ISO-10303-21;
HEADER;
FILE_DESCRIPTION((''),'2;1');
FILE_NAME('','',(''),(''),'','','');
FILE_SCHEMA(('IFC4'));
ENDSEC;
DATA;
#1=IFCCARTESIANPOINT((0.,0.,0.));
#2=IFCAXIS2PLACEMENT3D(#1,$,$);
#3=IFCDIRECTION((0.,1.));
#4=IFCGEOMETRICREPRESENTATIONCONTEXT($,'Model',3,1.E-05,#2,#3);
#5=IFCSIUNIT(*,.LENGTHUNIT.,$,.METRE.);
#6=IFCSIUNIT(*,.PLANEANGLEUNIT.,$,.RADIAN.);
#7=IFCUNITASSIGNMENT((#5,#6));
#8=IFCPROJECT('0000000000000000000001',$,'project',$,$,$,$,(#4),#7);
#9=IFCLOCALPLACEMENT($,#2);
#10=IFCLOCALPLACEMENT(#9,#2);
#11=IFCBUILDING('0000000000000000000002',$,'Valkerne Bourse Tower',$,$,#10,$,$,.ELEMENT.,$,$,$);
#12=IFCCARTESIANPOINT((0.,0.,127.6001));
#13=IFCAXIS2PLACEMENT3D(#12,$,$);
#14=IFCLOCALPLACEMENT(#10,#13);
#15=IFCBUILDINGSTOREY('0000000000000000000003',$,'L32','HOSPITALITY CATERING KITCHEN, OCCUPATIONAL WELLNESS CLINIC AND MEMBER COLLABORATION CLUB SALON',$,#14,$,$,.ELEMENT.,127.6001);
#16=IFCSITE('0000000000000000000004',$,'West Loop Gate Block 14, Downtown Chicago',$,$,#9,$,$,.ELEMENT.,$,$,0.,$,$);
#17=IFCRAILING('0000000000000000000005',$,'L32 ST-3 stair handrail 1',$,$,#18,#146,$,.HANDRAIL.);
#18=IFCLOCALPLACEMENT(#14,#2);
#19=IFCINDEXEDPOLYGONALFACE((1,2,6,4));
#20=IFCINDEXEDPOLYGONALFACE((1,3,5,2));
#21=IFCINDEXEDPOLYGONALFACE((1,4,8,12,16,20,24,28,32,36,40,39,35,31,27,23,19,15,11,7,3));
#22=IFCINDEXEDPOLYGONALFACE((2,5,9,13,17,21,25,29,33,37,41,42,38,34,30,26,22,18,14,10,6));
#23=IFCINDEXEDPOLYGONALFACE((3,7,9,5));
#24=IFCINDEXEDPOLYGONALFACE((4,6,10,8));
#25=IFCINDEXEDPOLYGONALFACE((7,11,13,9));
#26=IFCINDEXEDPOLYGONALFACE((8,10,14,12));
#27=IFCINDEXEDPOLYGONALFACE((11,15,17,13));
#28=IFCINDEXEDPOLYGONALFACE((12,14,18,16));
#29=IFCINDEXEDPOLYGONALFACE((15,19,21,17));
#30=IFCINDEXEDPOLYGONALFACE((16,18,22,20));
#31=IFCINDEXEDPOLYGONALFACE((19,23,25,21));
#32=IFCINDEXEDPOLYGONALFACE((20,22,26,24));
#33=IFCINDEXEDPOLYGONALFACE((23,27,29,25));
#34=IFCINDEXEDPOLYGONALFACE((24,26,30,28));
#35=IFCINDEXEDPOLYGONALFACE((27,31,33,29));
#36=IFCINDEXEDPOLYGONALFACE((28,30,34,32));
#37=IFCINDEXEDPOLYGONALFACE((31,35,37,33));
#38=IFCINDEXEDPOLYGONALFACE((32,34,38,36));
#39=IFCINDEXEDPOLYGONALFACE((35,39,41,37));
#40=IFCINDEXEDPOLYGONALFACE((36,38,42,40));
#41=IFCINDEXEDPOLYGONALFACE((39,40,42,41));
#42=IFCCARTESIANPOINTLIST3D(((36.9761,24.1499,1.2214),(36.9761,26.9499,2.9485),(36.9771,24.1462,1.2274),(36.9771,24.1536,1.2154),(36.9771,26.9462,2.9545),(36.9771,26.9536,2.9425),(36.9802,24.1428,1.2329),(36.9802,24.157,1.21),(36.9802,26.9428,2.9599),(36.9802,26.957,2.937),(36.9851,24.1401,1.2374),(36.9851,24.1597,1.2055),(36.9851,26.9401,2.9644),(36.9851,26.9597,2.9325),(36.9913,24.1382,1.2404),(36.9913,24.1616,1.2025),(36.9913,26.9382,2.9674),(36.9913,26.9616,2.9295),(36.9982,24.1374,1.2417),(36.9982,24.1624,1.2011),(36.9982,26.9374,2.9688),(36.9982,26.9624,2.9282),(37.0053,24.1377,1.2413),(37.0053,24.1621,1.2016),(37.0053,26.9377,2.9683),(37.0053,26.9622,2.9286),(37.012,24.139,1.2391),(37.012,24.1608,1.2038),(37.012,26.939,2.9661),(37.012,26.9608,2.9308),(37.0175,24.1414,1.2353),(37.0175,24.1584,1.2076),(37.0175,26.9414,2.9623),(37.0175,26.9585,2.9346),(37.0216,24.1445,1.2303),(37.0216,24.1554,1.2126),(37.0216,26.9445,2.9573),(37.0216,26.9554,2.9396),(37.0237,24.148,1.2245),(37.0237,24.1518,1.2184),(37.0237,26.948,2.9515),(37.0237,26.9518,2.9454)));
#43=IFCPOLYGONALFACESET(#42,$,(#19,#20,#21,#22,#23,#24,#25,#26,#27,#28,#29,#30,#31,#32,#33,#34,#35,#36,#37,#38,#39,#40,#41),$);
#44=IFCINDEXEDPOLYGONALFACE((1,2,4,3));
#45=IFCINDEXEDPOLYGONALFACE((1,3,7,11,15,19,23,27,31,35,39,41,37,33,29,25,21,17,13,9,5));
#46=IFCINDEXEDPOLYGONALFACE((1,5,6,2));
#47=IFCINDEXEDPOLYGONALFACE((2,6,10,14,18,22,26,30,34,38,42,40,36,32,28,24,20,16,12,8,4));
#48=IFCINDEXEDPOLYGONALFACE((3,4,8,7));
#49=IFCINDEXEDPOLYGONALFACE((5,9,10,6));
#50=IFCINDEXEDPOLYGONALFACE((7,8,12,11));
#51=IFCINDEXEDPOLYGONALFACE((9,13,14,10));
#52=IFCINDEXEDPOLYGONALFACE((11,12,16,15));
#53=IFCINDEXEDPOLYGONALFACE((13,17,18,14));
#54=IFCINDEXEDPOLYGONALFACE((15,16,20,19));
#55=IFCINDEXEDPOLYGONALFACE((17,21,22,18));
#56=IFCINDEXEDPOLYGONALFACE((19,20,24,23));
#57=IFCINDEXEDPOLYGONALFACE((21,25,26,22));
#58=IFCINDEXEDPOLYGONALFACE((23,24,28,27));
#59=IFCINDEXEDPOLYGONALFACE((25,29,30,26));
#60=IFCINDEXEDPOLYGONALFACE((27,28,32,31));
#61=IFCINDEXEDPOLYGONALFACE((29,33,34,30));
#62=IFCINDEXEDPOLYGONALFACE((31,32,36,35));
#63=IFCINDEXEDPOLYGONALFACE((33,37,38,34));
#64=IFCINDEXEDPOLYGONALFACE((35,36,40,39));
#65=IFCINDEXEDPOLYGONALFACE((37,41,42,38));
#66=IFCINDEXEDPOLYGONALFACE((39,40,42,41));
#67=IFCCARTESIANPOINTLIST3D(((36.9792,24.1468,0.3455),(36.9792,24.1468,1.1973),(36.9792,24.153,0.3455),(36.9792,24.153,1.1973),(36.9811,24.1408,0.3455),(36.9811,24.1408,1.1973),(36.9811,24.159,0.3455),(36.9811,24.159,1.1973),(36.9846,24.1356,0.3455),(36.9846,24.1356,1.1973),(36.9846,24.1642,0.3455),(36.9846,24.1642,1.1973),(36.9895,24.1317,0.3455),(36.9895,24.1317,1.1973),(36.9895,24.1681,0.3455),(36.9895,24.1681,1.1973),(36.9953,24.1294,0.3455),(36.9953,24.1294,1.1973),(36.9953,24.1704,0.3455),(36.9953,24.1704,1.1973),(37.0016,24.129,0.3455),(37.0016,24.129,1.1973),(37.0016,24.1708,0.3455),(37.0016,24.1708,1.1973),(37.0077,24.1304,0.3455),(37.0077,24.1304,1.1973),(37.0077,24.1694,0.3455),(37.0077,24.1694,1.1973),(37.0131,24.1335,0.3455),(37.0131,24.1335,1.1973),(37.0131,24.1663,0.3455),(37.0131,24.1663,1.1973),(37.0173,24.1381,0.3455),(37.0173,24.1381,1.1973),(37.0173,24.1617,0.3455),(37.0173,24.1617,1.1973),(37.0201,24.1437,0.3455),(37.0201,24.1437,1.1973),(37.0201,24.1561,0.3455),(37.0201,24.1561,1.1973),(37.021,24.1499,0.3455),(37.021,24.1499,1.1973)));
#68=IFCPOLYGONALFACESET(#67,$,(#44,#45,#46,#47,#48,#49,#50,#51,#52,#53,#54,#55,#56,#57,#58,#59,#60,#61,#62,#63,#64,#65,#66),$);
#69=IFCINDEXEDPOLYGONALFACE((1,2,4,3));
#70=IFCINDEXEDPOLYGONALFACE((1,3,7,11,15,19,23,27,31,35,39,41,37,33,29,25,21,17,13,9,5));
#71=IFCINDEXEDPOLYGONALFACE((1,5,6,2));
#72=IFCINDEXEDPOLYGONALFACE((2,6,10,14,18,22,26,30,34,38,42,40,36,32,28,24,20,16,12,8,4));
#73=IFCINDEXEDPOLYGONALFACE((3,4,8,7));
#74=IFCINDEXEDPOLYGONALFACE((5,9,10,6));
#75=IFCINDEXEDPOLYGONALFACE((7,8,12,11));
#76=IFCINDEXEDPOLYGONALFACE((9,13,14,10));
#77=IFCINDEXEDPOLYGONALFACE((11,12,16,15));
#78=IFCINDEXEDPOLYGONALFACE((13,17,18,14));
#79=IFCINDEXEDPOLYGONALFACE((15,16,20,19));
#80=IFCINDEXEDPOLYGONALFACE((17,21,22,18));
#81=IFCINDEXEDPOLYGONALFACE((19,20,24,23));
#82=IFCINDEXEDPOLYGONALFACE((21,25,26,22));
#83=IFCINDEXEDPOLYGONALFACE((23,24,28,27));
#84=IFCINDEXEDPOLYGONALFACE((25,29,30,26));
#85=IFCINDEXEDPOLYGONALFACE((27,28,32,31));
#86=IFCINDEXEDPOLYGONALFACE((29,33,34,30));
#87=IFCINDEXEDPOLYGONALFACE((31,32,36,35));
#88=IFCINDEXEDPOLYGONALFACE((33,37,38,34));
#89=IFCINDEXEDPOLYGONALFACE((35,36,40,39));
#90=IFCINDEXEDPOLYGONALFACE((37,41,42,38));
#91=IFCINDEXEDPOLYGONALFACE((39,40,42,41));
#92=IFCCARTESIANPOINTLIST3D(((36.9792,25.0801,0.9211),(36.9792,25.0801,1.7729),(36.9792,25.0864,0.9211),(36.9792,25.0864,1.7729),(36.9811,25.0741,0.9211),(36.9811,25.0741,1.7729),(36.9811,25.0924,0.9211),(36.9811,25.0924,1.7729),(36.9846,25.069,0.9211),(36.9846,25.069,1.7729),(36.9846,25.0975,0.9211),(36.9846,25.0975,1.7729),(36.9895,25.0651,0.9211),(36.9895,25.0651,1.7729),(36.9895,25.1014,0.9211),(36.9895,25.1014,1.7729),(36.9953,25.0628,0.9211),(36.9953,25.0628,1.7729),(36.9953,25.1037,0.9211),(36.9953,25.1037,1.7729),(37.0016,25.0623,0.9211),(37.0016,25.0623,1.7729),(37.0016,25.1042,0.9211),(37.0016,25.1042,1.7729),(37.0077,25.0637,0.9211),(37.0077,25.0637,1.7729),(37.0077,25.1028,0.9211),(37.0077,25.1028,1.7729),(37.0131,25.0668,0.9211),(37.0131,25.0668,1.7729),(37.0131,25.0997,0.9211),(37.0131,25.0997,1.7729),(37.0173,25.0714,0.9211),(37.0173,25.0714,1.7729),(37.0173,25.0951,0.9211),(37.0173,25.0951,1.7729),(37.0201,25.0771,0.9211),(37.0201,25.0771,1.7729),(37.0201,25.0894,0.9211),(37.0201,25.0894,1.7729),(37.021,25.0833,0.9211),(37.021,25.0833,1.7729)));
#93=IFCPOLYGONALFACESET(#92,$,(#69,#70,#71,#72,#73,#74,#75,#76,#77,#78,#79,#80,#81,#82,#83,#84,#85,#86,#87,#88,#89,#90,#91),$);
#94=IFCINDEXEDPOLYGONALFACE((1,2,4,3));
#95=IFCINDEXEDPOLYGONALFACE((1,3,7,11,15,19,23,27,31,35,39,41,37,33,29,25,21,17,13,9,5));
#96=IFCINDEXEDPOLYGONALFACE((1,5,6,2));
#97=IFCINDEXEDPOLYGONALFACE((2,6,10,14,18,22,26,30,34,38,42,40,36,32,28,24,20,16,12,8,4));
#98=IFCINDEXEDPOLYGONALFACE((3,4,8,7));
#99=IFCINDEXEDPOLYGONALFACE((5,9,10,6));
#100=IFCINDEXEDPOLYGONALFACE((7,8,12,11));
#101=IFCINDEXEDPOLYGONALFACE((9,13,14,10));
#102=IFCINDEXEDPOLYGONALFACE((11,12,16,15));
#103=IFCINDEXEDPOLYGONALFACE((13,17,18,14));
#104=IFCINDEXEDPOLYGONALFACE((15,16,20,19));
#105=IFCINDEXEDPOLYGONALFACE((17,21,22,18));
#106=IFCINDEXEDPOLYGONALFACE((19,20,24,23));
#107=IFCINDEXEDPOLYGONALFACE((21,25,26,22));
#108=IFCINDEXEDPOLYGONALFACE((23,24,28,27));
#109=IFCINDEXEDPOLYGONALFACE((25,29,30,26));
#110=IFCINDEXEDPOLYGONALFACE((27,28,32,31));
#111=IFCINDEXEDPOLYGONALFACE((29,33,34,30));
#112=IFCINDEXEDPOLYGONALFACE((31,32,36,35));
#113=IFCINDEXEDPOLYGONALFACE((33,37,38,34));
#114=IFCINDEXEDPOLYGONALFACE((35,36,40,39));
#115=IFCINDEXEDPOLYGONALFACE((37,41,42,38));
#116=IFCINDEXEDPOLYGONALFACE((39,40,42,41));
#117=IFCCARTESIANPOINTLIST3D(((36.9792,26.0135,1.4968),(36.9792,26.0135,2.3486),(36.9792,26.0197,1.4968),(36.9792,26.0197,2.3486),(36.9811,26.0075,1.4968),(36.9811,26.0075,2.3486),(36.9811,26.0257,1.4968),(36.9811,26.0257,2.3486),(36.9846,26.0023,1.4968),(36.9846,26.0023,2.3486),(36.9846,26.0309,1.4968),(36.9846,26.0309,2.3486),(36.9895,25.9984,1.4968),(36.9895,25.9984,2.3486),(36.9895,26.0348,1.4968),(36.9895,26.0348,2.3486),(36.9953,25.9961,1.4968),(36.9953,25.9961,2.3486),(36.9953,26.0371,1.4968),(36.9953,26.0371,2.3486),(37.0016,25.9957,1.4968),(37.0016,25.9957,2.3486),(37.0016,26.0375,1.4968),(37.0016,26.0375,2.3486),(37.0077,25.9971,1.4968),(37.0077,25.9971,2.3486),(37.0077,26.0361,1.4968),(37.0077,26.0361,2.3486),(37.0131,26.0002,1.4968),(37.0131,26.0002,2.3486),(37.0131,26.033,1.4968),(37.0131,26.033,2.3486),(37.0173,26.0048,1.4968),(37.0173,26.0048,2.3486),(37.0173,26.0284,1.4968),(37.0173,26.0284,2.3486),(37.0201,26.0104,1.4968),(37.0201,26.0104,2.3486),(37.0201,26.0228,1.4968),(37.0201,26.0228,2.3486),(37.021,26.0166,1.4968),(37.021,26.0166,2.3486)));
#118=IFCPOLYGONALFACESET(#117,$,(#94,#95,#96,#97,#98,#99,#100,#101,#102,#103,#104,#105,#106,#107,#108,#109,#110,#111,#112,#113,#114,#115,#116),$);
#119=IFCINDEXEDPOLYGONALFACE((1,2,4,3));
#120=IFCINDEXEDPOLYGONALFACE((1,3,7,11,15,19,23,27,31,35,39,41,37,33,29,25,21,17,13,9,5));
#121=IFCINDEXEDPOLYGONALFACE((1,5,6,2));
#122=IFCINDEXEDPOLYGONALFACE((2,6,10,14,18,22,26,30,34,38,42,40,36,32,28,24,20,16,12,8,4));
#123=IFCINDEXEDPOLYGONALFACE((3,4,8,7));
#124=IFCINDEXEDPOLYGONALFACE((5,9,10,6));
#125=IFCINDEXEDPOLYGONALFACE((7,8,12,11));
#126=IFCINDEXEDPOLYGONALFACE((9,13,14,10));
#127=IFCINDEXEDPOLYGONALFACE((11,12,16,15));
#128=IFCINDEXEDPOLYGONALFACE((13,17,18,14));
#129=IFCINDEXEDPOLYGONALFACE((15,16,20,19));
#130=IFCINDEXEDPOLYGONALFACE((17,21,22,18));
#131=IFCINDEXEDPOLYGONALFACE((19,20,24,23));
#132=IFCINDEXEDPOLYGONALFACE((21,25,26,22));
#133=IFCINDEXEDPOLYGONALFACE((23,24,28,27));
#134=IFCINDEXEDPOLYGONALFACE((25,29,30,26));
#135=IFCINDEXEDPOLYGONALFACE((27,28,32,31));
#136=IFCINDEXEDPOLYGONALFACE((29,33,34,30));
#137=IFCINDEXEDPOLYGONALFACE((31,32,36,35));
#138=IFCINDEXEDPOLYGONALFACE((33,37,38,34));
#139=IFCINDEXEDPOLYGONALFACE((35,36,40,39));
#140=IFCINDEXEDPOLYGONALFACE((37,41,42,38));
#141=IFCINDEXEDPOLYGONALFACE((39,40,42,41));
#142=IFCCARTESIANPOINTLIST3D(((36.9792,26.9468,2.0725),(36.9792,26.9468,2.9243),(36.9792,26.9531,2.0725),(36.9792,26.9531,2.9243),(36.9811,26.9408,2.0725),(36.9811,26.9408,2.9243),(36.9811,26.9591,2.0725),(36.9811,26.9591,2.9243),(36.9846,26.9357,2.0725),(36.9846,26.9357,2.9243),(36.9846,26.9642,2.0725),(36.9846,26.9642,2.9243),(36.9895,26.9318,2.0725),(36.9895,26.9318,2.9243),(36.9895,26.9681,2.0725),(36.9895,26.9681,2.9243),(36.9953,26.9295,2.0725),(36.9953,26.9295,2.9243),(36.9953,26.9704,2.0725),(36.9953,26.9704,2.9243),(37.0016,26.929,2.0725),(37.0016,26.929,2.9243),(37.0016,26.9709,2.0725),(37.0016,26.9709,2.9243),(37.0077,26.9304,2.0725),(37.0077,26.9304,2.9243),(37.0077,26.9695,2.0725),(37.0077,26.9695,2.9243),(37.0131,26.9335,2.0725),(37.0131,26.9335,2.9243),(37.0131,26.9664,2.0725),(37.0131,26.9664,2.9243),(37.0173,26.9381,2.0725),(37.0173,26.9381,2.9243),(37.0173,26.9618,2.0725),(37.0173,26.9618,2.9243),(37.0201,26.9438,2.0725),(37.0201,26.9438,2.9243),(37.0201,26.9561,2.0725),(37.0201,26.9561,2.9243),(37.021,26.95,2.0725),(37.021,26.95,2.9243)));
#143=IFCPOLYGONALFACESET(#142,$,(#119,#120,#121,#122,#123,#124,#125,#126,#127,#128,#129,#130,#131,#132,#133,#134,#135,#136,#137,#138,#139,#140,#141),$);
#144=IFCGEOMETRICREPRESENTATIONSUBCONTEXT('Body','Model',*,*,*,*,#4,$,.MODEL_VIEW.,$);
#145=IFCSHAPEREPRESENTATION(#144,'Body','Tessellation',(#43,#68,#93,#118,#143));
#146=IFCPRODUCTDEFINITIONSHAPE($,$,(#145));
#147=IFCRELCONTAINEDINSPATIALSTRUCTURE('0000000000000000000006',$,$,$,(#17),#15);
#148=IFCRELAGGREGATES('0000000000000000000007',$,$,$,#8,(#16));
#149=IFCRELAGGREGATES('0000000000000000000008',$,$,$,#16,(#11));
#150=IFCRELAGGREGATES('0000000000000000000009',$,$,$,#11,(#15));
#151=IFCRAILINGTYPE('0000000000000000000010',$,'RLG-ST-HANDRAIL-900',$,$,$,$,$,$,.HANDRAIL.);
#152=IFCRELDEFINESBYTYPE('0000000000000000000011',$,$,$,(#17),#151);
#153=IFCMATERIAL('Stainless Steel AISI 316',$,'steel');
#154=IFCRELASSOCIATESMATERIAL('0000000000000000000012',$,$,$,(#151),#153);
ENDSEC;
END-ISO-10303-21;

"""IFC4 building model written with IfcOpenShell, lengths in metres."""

from ifc_helpers import new_model, si_unit, direction, frame, origin, origin_2d, place, context, subcontext, project, spatial, circle, extrude, material, type_object, element, save


model = new_model("IFC4")

# Units and contexts
model_context = context("Model", 3, precision=1e-05, world=origin(), true_north=direction((0.0, 1.0)))
body_context = subcontext(model_context, "Body", "Model", "MODEL_VIEW")
ifc_project = project(units=[si_unit("LENGTHUNIT", "METRE"), si_unit("PLANEANGLEUNIT", "RADIAN")], contexts=[model_context])

# Site, building, storey
site_placement = place(None, origin())
site = spatial("IfcSite", under=ifc_project, at=site_placement, Name="West Loop Gate Block 14, Downtown Chicago", CompositionType="ELEMENT", RefElevation=0.0)
building_placement = place(site_placement, origin())
building = spatial("IfcBuilding", under=site, at=building_placement, Name="Valkerne Bourse Tower", CompositionType="ELEMENT")
storey_placement = place(building_placement, frame((0.0, 0.0, 127.6001)))
storey = spatial("IfcBuildingStorey", under=building, at=storey_placement, Name="L32", Description="HOSPITALITY CATERING KITCHEN, OCCUPATIONAL WELLNESS CLINIC AND MEMBER COLLABORATION CLUB SALON", CompositionType="ELEMENT", Elevation=127.6001)

# Railing
ifc_material_1 = material(Name="Stainless Steel AISI 316", Category="steel")
railing_type_1 = type_object("IfcRailingType", Name="RLG-ST-HANDRAIL-900", PredefinedType="HANDRAIL", material=ifc_material_1)
railing_1_placement = place(storey_placement, frame((37.0, 24.1499, 0.3455)))
element("IfcRailing", 1, at=railing_1_placement, inside=storey, type_object=railing_type_1, Name="L32 ST-3 stair handrail 1", PredefinedType="HANDRAIL", context=body_context, shape_type="SweptSolid", body=[
    extrude(circle(Radius=0.0239, at=origin_2d()), frame((0.0, 0.0, 0.876), z_axis=(0.0, 0.851123, 0.524967), x_axis=(-1.0, 0.0, 0.0)), (0.0, 0.0, 1.0), 3.2898),
    extrude(circle(Radius=0.021, at=origin_2d()), origin(), (0.0, 0.0, 1.0), 0.8518),
    extrude(circle(Radius=0.021, at=origin_2d()), frame((0.0, 0.9333, 0.5757)), (0.0, 0.0, 1.0), 0.8518),
    extrude(circle(Radius=0.021, at=origin_2d()), frame((0.0, 1.8667, 1.1514)), (0.0, 0.0, 1.0), 0.8518),
    extrude(circle(Radius=0.021, at=origin_2d()), frame((0.0, 2.8, 1.7271)), (0.0, 0.0, 1.0), 0.8518),
])

save(model, "model.ifc")
